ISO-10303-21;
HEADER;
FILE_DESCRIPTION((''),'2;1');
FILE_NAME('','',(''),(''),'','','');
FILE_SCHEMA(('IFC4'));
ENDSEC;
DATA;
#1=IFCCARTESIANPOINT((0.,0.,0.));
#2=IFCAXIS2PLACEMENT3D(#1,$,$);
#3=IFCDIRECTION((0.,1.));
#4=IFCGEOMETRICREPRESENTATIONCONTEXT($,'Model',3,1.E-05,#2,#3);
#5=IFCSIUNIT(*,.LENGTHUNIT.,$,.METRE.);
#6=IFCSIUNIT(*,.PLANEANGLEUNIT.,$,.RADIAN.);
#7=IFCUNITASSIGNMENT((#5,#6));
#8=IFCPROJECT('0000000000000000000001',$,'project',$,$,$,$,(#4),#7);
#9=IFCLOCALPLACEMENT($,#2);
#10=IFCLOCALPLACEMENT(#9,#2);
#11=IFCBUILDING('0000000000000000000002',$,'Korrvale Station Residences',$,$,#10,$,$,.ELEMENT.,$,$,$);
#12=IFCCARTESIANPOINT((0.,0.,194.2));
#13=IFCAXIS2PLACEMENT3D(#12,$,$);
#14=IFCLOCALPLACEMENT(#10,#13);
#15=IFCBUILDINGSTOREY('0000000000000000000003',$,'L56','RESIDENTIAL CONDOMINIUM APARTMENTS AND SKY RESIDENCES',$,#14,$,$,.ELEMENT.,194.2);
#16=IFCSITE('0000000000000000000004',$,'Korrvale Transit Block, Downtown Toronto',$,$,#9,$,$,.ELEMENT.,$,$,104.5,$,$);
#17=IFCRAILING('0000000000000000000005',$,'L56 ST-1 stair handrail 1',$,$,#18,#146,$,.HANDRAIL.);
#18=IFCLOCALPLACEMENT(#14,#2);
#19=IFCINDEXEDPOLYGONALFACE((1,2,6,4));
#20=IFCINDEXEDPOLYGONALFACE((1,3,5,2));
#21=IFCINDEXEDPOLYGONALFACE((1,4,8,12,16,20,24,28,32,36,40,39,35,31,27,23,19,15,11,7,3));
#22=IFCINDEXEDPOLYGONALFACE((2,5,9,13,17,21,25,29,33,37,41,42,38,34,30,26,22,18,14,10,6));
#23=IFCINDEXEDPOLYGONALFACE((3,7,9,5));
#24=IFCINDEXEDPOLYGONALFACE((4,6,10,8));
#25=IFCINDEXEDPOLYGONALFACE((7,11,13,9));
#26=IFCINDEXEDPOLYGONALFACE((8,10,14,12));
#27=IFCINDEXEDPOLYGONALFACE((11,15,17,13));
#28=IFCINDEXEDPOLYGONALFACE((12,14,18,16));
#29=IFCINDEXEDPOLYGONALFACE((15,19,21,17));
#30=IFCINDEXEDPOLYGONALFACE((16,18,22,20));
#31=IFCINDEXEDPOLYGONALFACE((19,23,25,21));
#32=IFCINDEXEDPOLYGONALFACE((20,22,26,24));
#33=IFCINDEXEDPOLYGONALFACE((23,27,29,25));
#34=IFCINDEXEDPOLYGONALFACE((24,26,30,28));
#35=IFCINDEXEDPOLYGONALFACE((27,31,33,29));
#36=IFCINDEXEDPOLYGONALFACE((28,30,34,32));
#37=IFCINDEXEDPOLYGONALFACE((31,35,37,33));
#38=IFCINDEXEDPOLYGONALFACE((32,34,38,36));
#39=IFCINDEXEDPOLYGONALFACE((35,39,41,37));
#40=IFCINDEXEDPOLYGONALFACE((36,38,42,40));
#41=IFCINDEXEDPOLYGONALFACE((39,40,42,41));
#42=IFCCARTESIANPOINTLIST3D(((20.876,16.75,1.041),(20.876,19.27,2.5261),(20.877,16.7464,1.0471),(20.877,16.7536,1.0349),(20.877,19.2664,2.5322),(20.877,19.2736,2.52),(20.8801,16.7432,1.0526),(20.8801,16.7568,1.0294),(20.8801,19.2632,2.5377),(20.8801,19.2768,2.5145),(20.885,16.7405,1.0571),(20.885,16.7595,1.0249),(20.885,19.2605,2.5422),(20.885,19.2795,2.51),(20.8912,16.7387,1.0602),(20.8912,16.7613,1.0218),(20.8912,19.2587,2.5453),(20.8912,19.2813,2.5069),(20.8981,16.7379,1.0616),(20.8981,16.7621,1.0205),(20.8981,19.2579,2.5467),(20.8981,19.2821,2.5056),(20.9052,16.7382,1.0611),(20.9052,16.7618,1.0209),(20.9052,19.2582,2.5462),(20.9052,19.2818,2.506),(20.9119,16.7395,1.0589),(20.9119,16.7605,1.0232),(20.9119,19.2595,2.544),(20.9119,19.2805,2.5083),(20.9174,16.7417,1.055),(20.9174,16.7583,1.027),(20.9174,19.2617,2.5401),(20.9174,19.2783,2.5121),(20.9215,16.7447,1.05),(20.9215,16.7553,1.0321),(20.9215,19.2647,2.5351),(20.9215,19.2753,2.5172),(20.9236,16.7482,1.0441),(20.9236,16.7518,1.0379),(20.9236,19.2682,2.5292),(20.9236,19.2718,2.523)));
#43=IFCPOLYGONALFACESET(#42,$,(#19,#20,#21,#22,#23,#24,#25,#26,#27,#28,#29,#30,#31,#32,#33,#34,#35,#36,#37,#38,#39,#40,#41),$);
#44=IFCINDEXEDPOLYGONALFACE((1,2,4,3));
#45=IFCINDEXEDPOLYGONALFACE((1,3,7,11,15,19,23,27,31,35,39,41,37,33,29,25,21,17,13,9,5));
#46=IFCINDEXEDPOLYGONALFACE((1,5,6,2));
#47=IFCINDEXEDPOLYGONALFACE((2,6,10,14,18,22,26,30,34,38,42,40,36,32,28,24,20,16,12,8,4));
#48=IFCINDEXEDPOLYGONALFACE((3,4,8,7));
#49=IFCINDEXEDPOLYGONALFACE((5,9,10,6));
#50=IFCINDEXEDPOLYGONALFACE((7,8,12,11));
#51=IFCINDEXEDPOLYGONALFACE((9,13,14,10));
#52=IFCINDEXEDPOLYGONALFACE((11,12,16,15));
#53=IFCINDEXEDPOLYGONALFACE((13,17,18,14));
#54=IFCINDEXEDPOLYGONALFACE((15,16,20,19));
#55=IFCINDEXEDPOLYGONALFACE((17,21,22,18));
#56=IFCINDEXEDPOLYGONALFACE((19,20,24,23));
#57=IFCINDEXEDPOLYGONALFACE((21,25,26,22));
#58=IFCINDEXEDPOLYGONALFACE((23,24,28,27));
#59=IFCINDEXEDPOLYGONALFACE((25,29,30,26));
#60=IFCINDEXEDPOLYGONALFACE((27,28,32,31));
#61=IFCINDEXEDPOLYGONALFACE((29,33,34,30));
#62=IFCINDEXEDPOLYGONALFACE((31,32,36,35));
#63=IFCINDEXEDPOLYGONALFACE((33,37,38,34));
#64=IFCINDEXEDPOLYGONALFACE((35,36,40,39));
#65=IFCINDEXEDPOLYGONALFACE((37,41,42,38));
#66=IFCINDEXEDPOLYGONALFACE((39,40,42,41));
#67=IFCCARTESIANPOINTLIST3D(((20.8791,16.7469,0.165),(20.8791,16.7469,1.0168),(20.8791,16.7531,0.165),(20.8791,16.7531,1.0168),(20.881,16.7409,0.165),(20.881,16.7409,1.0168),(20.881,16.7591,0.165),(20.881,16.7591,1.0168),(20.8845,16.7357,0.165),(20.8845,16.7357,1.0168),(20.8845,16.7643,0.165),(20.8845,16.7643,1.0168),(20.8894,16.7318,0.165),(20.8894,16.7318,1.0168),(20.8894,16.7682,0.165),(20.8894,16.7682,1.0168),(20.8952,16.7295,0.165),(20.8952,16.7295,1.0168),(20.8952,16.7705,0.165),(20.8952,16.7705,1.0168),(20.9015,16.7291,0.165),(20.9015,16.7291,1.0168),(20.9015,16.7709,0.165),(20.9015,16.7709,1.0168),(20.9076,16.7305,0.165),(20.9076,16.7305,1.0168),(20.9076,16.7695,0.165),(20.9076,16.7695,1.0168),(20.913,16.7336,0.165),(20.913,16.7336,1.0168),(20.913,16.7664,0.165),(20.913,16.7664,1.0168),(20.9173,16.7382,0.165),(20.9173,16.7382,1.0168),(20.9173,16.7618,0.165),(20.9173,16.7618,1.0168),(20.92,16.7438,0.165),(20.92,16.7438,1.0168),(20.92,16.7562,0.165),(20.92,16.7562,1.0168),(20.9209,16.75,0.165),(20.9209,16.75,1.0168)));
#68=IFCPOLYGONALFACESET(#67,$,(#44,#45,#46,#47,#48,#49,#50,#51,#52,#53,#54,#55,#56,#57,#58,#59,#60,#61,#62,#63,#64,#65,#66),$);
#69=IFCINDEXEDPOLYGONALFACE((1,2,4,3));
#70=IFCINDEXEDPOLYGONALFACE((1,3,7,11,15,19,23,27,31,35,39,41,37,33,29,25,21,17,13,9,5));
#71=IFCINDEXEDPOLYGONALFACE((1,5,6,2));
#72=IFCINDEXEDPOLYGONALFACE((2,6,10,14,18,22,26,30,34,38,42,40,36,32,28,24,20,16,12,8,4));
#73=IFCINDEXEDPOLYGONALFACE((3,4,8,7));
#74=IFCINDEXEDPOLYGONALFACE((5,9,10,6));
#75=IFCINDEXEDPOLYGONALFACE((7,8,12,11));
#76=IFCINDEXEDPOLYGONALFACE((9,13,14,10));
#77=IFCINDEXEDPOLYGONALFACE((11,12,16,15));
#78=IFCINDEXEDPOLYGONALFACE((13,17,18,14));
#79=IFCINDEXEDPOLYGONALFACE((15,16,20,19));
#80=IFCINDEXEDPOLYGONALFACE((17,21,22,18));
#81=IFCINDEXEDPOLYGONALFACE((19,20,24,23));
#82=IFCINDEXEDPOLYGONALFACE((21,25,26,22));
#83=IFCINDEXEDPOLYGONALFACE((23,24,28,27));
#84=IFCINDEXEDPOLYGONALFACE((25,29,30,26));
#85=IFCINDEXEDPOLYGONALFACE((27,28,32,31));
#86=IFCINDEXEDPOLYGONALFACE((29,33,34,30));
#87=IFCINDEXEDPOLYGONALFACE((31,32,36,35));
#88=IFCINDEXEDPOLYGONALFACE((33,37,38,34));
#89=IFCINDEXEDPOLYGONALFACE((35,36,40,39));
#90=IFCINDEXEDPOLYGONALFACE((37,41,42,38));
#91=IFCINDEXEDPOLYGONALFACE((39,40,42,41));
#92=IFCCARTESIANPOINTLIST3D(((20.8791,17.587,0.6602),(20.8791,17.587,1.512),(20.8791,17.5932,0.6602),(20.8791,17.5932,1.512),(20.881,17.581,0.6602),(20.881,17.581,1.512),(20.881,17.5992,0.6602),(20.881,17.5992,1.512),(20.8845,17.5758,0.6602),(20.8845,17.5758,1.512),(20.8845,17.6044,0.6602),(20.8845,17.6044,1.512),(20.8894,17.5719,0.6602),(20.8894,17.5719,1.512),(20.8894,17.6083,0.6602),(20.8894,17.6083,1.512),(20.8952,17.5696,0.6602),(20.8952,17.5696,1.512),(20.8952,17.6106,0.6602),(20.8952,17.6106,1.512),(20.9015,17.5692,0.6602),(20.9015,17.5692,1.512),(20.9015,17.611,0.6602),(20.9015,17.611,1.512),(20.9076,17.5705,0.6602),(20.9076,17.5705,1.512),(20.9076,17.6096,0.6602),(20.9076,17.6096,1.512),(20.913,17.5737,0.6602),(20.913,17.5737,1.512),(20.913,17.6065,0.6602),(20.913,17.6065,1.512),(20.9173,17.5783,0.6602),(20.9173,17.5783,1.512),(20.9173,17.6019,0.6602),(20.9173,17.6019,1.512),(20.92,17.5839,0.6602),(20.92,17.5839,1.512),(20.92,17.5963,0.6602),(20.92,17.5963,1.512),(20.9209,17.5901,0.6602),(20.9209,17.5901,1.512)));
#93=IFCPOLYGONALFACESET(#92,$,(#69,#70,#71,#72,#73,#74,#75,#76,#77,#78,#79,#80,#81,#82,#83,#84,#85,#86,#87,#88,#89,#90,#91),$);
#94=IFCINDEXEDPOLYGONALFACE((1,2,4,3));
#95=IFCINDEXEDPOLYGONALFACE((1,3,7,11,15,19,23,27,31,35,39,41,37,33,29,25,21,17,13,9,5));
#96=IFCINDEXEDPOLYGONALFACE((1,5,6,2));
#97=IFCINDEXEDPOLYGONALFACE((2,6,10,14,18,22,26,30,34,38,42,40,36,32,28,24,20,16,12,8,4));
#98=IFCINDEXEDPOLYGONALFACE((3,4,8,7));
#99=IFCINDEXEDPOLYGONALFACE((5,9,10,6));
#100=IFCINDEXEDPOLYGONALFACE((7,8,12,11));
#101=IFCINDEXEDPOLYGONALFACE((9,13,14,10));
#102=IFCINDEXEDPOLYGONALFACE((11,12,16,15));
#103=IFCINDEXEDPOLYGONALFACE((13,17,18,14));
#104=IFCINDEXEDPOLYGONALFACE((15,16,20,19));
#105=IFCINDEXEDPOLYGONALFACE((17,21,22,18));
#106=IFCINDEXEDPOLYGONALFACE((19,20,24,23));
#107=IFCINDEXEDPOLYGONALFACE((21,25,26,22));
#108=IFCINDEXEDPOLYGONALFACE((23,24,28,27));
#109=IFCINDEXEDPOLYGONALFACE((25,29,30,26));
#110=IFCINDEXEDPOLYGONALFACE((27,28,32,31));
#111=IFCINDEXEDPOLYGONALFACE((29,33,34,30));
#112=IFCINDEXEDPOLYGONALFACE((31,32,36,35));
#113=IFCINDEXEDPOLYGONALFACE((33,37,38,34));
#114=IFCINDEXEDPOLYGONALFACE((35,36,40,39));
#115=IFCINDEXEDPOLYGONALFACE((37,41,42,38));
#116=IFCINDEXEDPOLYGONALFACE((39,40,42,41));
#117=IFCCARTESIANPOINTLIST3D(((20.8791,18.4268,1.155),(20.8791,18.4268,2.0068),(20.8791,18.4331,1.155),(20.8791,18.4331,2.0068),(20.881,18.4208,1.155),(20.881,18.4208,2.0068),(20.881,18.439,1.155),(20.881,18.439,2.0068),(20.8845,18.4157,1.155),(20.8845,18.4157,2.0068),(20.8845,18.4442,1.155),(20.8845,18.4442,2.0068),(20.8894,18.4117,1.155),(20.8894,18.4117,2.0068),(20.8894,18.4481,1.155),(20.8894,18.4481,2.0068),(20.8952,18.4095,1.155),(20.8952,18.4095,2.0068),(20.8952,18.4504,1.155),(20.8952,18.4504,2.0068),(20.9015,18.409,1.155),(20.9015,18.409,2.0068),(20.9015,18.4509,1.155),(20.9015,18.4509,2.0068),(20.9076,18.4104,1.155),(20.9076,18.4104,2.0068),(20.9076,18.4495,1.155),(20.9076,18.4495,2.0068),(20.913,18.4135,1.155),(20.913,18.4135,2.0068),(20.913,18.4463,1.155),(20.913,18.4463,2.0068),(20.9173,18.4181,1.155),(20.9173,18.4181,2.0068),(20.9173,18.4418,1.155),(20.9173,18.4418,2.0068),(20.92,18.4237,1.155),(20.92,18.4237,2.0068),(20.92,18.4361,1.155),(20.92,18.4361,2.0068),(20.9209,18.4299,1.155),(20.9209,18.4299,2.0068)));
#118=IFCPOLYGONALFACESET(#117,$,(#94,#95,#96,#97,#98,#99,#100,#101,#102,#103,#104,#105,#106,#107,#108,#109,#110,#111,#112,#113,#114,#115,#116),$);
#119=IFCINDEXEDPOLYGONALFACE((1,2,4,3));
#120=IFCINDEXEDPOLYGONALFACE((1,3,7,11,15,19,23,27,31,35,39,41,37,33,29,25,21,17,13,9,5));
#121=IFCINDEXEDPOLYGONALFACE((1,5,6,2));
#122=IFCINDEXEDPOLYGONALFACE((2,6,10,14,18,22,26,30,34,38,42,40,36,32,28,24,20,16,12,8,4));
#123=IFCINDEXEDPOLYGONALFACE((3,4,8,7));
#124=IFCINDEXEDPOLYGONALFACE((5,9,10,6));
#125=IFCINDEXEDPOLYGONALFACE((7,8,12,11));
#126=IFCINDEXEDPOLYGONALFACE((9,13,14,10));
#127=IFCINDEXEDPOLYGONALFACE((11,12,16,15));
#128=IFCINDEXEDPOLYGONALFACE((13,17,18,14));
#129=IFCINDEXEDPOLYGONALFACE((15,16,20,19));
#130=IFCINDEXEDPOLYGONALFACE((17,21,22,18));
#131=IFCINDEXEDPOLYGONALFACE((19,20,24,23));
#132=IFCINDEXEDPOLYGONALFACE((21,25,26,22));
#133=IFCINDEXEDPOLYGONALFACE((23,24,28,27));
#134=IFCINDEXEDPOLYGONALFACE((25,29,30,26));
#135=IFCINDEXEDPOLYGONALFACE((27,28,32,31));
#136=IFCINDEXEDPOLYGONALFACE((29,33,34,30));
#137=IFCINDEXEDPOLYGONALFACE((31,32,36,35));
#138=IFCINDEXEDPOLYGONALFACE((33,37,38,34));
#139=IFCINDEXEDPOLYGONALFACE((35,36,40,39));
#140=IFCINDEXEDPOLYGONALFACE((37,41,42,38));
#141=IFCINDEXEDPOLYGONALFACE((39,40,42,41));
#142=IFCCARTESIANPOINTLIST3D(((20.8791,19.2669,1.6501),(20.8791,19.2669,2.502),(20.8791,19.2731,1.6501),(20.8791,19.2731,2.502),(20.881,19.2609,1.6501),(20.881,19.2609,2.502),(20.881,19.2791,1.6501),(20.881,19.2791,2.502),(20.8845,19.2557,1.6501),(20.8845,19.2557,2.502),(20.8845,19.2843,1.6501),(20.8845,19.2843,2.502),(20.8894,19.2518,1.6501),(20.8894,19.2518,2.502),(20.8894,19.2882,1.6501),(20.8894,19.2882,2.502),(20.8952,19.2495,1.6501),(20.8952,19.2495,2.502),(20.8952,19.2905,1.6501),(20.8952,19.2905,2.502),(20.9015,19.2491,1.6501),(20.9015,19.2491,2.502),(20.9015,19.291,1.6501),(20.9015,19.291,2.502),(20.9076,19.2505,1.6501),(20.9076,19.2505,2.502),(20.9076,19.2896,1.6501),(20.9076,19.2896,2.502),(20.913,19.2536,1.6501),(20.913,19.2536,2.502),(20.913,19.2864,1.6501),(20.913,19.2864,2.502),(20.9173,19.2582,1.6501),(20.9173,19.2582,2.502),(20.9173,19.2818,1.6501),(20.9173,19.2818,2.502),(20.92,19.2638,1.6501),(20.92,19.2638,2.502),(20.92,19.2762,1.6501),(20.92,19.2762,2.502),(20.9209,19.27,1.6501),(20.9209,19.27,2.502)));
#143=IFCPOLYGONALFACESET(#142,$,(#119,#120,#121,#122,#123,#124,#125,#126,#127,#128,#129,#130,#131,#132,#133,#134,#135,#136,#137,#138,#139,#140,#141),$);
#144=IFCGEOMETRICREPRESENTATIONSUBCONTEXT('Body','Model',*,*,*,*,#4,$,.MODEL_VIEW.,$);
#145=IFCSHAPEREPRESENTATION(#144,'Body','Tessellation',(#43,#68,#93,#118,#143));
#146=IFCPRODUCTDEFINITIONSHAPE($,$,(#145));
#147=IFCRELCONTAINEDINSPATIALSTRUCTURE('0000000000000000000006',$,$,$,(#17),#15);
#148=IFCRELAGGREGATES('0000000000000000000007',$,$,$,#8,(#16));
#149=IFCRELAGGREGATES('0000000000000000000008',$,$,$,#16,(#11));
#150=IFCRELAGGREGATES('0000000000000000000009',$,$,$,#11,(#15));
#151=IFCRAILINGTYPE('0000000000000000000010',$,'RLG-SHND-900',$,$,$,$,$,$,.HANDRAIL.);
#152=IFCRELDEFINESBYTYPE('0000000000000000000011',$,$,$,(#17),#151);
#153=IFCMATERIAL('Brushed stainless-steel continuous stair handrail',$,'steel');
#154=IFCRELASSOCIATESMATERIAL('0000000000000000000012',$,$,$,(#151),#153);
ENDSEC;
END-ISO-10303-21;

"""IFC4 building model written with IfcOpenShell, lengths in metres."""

from ifc_helpers import new_model, si_unit, direction, frame, origin, origin_2d, place, context, subcontext, project, spatial, circle, extrude, material, type_object, element, save


model = new_model("IFC4")

# Units and contexts
model_context = context("Model", 3, precision=1e-05, world=origin(), true_north=direction((0.0, 1.0)))
body_context = subcontext(model_context, "Body", "Model", "MODEL_VIEW")
ifc_project = project(units=[si_unit("LENGTHUNIT", "METRE"), si_unit("PLANEANGLEUNIT", "RADIAN")], contexts=[model_context])

# Site, building, storey
site_placement = place(None, origin())
site = spatial("IfcSite", under=ifc_project, at=site_placement, Name="Korrvale Transit Block, Downtown Toronto", CompositionType="ELEMENT", RefElevation=104.5)
building_placement = place(site_placement, origin())
building = spatial("IfcBuilding", under=site, at=building_placement, Name="Korrvale Station Residences", CompositionType="ELEMENT")
storey_placement = place(building_placement, frame((0.0, 0.0, 194.2)))
storey = spatial("IfcBuildingStorey", under=building, at=storey_placement, Name="L56", Description="RESIDENTIAL CONDOMINIUM APARTMENTS AND SKY RESIDENCES", CompositionType="ELEMENT", Elevation=194.2)

# Railing
ifc_material_1 = material(Name="Brushed stainless-steel continuous stair handrail", Category="steel")
railing_type_1 = type_object("IfcRailingType", Name="RLG-SHND-900", PredefinedType="HANDRAIL", material=ifc_material_1)
railing_1_placement = place(storey_placement, frame((20.8999, 16.75, 0.165)))
element("IfcRailing", 1, at=railing_1_placement, inside=storey, type_object=railing_type_1, Name="L56 ST-1 stair handrail 1", PredefinedType="HANDRAIL", context=body_context, shape_type="SweptSolid", body=[
    extrude(circle(Radius=0.0239, at=origin_2d()), frame((0.0, 0.0, 0.876), z_axis=(0.0, 0.861524, 0.507717), x_axis=(-1.0, 0.0, 0.0)), (0.0, 0.0, 1.0), 2.925),
    extrude(circle(Radius=0.021, at=origin_2d()), origin(), (0.0, 0.0, 1.0), 0.8518),
    extrude(circle(Radius=0.021, at=origin_2d()), frame((0.0, 0.8401, 0.4951)), (0.0, 0.0, 1.0), 0.8518),
    extrude(circle(Radius=0.021, at=origin_2d()), frame((0.0, 1.6799, 0.99)), (0.0, 0.0, 1.0), 0.8518),
    extrude(circle(Radius=0.021, at=origin_2d()), frame((0.0, 2.52, 1.4851)), (0.0, 0.0, 1.0), 0.8518),
])

save(model, "model.ifc")
